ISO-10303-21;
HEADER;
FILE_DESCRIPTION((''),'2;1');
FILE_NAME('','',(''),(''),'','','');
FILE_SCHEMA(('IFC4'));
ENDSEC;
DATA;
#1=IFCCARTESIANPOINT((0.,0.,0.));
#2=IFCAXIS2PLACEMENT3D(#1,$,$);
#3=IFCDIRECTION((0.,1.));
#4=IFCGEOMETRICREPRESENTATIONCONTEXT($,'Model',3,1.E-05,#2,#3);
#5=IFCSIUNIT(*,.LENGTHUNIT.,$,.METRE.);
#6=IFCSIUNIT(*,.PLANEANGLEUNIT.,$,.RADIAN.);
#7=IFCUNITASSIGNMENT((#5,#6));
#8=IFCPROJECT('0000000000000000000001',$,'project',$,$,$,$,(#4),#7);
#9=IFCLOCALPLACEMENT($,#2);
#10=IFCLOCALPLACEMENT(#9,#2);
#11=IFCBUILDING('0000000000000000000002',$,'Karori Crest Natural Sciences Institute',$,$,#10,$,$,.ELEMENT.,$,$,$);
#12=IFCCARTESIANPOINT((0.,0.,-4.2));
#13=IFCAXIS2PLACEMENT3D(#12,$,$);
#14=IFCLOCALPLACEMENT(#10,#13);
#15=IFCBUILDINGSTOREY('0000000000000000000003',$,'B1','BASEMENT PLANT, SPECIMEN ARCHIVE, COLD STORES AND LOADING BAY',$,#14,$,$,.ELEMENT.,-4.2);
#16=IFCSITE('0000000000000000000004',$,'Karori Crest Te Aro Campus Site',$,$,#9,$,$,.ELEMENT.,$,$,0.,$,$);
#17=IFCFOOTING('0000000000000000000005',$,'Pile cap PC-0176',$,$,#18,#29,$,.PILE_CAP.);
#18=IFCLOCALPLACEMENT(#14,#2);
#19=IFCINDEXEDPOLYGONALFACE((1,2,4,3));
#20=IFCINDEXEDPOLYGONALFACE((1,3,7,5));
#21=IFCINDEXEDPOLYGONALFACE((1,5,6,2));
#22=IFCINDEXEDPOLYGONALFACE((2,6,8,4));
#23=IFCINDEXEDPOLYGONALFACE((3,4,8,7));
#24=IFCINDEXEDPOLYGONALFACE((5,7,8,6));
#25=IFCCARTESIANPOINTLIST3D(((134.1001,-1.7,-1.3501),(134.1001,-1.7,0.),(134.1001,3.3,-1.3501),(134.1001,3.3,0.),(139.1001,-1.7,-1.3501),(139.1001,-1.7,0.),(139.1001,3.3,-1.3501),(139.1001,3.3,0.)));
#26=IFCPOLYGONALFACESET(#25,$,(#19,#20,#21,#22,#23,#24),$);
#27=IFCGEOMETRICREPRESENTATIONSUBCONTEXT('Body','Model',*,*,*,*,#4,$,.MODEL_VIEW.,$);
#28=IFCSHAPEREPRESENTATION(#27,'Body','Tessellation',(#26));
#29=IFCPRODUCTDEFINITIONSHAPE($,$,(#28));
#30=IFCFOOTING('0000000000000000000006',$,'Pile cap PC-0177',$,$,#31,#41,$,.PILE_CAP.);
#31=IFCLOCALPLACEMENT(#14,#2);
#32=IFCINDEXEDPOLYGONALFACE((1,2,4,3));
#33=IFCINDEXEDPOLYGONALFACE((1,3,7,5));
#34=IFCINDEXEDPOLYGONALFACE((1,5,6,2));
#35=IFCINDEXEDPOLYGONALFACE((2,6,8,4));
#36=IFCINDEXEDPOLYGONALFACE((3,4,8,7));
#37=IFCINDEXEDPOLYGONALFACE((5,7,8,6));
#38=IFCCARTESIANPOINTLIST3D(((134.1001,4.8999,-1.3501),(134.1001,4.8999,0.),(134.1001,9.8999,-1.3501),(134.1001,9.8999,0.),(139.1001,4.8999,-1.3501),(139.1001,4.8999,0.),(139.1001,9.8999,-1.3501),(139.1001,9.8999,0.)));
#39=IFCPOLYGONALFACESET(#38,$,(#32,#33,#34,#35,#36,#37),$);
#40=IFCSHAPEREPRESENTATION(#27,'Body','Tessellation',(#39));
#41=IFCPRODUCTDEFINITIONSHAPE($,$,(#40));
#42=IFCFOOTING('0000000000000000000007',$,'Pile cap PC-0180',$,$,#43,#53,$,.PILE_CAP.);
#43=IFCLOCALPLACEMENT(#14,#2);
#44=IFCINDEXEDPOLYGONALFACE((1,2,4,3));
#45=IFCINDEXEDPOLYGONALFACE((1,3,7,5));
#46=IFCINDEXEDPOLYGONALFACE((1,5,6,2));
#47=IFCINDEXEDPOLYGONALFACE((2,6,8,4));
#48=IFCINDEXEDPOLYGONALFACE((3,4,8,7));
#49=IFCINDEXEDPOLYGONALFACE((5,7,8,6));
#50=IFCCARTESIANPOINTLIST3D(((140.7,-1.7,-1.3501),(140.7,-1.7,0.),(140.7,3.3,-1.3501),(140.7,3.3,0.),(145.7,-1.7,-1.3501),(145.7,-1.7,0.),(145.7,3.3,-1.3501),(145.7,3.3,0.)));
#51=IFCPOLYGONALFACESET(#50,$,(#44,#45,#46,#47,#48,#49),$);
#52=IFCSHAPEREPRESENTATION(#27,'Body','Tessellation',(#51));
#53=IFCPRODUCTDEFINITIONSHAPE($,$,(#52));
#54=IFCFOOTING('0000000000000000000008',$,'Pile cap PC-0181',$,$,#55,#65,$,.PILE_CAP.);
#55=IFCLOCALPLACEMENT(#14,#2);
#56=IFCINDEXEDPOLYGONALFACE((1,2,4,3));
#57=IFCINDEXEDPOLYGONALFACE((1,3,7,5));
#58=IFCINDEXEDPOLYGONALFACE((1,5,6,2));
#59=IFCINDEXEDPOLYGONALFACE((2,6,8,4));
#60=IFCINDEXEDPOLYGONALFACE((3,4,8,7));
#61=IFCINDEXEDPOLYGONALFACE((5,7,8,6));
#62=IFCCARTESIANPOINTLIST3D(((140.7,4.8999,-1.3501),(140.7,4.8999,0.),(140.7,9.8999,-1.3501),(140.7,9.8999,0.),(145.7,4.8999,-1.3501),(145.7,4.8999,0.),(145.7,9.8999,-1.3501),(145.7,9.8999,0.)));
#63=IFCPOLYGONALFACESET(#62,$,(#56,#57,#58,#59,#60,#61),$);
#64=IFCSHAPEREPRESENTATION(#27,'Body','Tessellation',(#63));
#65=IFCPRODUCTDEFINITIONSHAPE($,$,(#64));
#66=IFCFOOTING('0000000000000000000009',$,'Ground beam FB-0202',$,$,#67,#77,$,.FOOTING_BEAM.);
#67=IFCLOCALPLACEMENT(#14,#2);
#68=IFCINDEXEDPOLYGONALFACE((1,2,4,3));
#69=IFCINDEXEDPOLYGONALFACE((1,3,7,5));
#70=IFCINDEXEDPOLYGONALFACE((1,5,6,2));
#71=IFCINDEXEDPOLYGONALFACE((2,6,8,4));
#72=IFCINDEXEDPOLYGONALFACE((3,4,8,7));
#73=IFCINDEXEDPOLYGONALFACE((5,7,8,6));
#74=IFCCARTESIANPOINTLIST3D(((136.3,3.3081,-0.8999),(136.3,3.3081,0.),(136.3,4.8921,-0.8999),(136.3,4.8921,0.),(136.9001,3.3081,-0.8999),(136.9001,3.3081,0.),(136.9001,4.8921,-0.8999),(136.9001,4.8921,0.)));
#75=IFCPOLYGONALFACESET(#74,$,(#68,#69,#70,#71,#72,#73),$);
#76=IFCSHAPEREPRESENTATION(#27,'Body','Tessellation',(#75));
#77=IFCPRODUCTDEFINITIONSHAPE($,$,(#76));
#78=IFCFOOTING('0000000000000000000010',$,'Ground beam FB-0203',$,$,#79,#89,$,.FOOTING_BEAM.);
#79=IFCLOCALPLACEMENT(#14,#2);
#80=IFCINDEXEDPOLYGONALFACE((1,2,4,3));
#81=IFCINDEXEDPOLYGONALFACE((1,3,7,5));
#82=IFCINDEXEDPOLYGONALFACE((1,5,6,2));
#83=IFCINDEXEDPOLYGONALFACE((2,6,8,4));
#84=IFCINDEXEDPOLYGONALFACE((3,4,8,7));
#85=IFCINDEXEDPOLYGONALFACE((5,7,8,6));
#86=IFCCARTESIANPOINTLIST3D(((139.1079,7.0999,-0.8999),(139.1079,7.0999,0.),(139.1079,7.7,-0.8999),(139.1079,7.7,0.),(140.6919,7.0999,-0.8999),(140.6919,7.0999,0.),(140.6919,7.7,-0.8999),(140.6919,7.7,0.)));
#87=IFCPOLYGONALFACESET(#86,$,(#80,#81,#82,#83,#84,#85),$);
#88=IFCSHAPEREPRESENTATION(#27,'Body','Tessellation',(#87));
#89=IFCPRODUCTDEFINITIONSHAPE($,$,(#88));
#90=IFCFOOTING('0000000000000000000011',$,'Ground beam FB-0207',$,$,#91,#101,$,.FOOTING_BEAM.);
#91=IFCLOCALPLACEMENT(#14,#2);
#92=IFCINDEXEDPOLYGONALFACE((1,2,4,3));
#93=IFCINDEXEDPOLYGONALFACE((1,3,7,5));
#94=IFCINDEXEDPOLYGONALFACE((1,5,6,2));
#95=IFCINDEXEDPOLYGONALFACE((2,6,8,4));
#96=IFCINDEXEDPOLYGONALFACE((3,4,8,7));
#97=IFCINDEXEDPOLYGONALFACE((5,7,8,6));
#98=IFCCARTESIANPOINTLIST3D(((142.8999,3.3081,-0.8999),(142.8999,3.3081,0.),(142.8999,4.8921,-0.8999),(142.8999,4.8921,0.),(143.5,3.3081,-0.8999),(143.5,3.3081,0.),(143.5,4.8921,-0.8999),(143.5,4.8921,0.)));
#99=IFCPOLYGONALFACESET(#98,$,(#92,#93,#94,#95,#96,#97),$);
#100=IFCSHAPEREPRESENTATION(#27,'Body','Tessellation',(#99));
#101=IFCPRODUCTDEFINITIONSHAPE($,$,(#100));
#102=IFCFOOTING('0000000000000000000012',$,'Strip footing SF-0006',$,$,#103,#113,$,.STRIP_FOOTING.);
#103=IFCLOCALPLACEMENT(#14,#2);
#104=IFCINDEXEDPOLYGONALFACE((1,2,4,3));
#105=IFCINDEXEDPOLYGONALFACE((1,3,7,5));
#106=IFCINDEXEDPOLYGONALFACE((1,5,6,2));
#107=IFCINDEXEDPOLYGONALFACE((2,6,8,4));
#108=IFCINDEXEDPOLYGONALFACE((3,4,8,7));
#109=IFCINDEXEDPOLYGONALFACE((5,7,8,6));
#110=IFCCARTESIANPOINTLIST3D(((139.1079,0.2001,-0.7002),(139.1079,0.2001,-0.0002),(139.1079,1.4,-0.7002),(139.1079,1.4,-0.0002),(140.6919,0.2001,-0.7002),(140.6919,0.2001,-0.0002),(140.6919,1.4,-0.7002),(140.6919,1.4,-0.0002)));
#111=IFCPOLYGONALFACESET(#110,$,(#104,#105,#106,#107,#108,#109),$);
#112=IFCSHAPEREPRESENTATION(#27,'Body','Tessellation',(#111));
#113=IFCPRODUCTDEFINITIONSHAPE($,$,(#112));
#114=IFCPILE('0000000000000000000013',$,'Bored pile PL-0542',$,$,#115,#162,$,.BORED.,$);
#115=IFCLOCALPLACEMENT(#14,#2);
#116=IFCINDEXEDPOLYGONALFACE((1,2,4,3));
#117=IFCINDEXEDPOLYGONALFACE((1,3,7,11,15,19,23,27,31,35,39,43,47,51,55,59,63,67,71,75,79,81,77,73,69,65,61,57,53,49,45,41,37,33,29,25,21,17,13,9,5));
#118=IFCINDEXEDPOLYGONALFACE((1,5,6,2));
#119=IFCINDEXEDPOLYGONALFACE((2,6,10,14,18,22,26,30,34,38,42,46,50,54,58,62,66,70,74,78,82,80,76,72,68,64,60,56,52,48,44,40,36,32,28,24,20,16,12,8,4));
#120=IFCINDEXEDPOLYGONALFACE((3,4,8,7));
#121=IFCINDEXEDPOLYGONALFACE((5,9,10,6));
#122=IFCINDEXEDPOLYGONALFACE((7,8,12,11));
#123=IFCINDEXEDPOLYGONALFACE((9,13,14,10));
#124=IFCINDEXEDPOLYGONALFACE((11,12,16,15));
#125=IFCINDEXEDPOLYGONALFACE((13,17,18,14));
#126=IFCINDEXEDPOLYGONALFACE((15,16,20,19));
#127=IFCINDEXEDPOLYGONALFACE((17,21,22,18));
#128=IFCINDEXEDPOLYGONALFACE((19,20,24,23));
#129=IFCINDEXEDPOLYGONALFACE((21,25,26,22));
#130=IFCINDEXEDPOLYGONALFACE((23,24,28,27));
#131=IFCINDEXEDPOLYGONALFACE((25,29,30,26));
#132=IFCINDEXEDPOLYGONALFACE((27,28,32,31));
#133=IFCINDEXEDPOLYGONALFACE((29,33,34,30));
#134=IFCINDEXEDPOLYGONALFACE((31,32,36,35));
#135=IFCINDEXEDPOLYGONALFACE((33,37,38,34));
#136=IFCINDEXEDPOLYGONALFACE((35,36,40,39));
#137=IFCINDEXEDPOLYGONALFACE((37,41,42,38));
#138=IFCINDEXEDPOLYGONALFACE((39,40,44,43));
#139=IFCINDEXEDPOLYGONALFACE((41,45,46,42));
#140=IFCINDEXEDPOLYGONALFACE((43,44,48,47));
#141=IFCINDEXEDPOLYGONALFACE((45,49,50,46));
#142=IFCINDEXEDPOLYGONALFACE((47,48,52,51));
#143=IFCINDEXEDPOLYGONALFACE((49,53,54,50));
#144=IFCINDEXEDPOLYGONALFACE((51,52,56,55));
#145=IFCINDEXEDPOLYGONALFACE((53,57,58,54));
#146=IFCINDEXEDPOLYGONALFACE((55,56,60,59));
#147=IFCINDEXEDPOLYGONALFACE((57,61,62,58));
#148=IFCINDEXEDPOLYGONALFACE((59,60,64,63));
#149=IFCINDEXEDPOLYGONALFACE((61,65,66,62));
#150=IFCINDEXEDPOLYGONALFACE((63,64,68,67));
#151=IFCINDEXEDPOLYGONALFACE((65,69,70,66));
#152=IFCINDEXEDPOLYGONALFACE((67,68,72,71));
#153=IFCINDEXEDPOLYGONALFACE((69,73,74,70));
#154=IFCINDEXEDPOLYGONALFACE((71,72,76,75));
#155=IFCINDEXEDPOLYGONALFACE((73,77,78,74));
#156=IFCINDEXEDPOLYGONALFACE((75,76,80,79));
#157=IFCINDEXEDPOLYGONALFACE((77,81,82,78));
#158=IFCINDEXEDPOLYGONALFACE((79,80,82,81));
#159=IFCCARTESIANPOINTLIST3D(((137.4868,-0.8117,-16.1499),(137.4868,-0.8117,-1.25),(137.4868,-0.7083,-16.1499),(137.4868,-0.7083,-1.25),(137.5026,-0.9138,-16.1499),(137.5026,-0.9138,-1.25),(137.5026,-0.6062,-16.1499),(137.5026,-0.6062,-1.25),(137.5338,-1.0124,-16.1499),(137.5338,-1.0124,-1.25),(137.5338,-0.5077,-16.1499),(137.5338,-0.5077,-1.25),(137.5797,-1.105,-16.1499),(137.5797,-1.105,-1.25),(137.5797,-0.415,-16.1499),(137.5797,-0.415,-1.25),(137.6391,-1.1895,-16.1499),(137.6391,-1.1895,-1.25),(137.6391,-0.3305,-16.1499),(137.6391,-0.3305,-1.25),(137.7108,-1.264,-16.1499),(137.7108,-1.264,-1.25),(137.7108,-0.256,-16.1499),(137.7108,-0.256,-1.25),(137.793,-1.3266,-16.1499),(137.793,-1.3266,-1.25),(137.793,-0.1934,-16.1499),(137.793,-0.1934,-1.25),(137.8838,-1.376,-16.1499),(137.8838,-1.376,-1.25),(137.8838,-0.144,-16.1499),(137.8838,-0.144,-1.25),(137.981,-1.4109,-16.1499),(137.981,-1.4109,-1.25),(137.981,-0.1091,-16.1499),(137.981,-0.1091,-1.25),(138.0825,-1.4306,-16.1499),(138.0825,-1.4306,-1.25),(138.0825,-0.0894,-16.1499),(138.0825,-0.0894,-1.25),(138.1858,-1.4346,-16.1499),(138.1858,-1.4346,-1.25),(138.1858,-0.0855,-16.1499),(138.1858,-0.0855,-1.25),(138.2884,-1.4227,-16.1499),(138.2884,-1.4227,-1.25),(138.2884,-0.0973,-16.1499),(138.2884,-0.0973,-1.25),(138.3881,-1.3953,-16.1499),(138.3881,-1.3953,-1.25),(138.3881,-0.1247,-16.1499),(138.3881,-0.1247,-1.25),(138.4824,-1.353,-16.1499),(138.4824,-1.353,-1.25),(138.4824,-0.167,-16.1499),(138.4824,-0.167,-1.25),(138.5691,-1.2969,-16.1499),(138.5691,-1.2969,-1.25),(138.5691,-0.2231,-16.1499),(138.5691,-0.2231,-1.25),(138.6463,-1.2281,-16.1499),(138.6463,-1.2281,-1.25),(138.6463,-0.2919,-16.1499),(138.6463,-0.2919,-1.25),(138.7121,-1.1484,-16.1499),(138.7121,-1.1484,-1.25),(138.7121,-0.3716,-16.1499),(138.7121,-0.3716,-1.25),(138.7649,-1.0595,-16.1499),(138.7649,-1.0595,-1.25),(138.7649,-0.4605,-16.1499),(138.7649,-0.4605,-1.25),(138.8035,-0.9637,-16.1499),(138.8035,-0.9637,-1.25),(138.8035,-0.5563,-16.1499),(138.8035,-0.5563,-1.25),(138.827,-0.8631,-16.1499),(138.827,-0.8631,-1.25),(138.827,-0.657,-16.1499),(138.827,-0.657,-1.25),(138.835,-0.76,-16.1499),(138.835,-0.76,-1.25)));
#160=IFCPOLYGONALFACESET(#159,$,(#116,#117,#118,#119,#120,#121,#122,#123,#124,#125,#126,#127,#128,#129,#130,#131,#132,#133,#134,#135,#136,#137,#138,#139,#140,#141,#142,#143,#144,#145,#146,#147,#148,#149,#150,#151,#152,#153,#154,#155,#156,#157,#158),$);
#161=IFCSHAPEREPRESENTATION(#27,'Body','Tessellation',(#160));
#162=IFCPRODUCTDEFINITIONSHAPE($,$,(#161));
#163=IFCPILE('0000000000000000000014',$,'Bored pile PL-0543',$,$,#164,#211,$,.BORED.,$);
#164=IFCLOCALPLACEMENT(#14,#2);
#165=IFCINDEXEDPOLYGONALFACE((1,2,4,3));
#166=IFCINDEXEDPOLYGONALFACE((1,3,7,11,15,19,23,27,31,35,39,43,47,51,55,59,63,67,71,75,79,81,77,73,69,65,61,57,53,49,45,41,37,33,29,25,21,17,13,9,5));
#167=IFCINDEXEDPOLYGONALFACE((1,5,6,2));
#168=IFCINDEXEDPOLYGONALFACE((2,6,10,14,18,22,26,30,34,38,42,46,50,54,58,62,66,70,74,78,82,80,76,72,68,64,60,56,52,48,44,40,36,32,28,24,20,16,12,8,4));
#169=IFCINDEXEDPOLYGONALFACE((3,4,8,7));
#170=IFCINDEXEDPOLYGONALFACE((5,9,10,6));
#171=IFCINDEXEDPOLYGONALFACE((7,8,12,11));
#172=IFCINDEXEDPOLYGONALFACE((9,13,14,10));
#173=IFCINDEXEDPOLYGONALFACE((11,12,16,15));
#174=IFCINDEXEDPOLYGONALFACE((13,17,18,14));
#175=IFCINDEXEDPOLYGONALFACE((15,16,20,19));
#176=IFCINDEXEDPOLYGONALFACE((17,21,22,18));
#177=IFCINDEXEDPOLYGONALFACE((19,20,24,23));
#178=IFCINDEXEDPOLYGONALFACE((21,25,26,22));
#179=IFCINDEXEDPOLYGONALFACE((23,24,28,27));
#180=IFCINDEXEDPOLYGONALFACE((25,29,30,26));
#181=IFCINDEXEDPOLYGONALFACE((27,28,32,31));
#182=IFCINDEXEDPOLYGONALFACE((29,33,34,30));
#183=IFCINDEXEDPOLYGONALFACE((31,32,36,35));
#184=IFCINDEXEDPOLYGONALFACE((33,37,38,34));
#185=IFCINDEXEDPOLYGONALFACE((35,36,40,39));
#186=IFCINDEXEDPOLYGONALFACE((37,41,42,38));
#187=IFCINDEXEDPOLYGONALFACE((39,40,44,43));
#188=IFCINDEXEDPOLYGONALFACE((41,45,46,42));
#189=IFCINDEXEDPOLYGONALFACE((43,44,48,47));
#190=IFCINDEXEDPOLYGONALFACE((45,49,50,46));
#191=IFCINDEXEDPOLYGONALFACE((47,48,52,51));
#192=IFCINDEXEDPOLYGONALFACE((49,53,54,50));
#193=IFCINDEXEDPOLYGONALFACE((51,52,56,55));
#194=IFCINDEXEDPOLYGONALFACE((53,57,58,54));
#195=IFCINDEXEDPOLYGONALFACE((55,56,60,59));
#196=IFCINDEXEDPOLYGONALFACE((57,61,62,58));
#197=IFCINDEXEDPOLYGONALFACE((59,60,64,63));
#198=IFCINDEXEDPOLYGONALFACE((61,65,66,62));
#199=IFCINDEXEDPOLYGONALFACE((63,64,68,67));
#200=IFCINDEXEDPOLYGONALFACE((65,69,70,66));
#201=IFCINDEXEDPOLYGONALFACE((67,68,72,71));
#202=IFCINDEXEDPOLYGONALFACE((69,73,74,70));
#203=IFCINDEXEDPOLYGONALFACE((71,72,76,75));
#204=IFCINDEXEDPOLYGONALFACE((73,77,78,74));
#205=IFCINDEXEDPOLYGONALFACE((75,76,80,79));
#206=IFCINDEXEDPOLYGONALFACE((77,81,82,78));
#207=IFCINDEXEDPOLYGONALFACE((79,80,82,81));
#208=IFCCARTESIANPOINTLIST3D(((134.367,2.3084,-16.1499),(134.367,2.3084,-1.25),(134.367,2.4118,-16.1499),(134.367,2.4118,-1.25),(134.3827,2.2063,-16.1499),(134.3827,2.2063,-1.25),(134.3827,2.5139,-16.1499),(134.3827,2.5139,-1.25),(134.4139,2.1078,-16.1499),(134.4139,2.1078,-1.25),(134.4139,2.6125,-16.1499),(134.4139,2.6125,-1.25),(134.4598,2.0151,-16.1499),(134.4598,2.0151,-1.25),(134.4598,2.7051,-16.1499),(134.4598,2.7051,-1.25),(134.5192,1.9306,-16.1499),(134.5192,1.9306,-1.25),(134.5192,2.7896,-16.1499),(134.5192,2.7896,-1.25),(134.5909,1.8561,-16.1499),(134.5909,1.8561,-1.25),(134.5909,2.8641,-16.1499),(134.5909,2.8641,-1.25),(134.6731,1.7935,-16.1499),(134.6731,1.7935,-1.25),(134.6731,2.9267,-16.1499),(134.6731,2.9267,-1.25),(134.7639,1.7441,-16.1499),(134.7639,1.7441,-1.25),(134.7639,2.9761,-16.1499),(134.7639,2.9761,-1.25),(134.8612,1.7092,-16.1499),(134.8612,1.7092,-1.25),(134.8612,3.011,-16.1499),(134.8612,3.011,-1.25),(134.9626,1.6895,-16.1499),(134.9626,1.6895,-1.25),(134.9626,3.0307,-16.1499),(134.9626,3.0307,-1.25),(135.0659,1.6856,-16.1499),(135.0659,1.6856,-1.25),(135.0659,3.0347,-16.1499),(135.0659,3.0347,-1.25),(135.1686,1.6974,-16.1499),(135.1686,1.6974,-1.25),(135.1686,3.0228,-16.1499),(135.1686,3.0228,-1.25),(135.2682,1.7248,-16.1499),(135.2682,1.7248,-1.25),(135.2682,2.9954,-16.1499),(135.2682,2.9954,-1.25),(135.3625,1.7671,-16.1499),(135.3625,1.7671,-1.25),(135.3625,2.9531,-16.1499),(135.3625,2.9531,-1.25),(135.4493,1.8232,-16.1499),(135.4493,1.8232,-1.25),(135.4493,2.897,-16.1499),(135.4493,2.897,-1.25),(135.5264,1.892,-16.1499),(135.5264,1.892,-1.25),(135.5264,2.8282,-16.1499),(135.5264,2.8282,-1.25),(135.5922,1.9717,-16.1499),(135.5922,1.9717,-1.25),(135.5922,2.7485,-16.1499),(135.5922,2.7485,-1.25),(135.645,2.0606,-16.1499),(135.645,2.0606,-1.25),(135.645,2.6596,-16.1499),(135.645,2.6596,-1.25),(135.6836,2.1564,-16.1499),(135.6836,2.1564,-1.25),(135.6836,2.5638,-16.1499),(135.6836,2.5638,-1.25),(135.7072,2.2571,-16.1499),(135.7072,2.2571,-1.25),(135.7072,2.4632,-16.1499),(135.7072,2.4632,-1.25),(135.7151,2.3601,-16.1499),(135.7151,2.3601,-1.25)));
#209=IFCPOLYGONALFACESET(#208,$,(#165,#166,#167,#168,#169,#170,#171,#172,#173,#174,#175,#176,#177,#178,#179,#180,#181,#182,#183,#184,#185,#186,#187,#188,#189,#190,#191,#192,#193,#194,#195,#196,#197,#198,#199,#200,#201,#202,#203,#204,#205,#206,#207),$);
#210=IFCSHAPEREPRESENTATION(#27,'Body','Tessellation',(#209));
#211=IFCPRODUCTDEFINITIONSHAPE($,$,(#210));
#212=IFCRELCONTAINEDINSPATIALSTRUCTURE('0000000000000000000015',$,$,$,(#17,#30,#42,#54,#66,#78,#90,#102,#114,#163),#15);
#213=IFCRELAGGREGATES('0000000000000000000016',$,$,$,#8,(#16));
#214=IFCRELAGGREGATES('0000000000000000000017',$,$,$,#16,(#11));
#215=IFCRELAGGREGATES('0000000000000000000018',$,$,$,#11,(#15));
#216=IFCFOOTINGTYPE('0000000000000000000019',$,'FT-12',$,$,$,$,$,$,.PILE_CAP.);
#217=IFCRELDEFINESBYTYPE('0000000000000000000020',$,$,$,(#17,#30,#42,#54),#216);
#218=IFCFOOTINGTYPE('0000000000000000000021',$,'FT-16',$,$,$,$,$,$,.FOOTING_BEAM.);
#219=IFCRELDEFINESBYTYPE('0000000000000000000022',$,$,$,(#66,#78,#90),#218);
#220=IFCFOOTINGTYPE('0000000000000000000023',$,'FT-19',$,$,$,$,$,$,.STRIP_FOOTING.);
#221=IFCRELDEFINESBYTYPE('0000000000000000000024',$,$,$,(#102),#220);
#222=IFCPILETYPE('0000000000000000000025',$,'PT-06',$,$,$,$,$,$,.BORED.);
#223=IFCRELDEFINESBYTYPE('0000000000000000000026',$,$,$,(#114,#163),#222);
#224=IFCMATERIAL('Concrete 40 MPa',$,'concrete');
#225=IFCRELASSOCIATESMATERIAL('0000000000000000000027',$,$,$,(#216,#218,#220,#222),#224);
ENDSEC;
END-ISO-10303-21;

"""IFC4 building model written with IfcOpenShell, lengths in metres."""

from ifc_helpers import new_model, si_unit, direction, frame, origin, origin_2d, place, context, subcontext, project, spatial, rectangle, circle, extrude, material, material_profile, profile_set, type_object, element, save


model = new_model("IFC4")

# Units and contexts
model_context = context("Model", 3, precision=1e-05, world=origin(), true_north=direction((0.0, 1.0)))
body_context = subcontext(model_context, "Body", "Model", "MODEL_VIEW")
ifc_project = project(units=[si_unit("LENGTHUNIT", "METRE"), si_unit("PLANEANGLEUNIT", "RADIAN")], contexts=[model_context])

# Site, building, storey
site_placement = place(None, origin())
site = spatial("IfcSite", under=ifc_project, at=site_placement, Name="Karori Crest Te Aro Campus Site", CompositionType="ELEMENT", RefElevation=0.0)
building_placement = place(site_placement, origin())
building = spatial("IfcBuilding", under=site, at=building_placement, Name="Karori Crest Natural Sciences Institute", CompositionType="ELEMENT")
storey_placement = place(building_placement, frame((0.0, 0.0, -4.2)))
storey = spatial("IfcBuildingStorey", under=building, at=storey_placement, Name="B1", Description="BASEMENT PLANT, SPECIMEN ARCHIVE, COLD STORES AND LOADING BAY", CompositionType="ELEMENT", Elevation=-4.2)

# Footings
ifc_material_1 = material(Name="Concrete 40 MPa", Category="concrete")
footing_type_1 = type_object("IfcFootingType", Name="FT-12", PredefinedType="PILE_CAP", material=ifc_material_1)
for number, where, z_axis, x_axis, name in (
    (1, (136.6001, 0.8, -1.3501), (0.0, 0.0, 1.0), (1.0, 0.0, 0.0), "Pile cap PC-0176"),
    (2, (136.6001, 7.3999, -1.3501), (0.0, 0.0, 1.0), (1.0, 0.0, 0.0), "Pile cap PC-0177"),
    (3, (143.2, 0.8, -1.3501), (0.0, 0.0, 1.0), (1.0, 0.0, 0.0), "Pile cap PC-0180"),
    (4, (143.2, 7.3999, -1.3501), (0.0, 0.0, 1.0), (1.0, 0.0, 0.0), "Pile cap PC-0181"),
):
    element("IfcFooting", number, at=place(storey_placement, frame(where, z_axis=z_axis, x_axis=x_axis)), inside=storey, type_object=footing_type_1, Name=name, PredefinedType="PILE_CAP", context=body_context, shape_type="SweptSolid", body=[
        extrude(rectangle(XDim=5.0, YDim=5.0, at=origin_2d()), origin(), (0.0, 0.0, 1.0), 1.3501),
    ])
footing_type_2 = type_object("IfcFootingType", Name="FT-16", PredefinedType="FOOTING_BEAM", material=ifc_material_1)
for number, where, z_axis, x_axis, name in (
    (5, (136.6001, 4.1001, -0.8999), (0.0, 0.0, 1.0), (0.0, 1.0, 0.0), "Ground beam FB-0202"),
    (6, (139.8999, 7.3999, -0.8999), (0.0, 0.0, 1.0), (1.0, 0.0, 0.0), "Ground beam FB-0203"),
    (7, (143.2, 4.1001, -0.8999), (0.0, 0.0, 1.0), (0.0, 1.0, 0.0), "Ground beam FB-0207"),
):
    element("IfcFooting", number, at=place(storey_placement, frame(where, z_axis=z_axis, x_axis=x_axis)), inside=storey, type_object=footing_type_2, Name=name, PredefinedType="FOOTING_BEAM", context=body_context, shape_type="SweptSolid", body=[
        extrude(rectangle(XDim=1.584, YDim=0.6001, at=origin_2d()), origin(), (0.0, 0.0, 1.0), 0.8999),
    ])
footing_type_3 = type_object("IfcFootingType", Name="FT-19", PredefinedType="STRIP_FOOTING", material=ifc_material_1)
footing_placement = place(storey_placement, frame((139.8999, 0.8, -0.7002), z_axis=(0.0, 0.0, 1.0), x_axis=(1.0, 0.0, 0.0)))
element("IfcFooting", 8, at=footing_placement, inside=storey, type_object=footing_type_3, Name="Strip footing SF-0006", PredefinedType="STRIP_FOOTING", context=body_context, shape_type="SweptSolid", body=[
    extrude(rectangle(XDim=1.584, YDim=1.2, at=origin_2d()), origin(), (0.0, 0.0, 1.0), 0.7),
])

# Piles
ifc_material_profile_1 = material_profile(ifc_material_1, circle(Radius=0.675, at=origin_2d()), Name="PILE1350")
ifc_profile_set_1 = profile_set([ifc_material_profile_1], Name="Concrete 40 MPa")
pile_type = type_object("IfcPileType", Name="PT-06", PredefinedType="BORED", material=ifc_profile_set_1)
for number, where, z_axis, x_axis, name in (
    (9, (138.1599, -0.76, -1.25), (0.0, 0.0, -1.0), (1.0, 0.0, 0.0), "Bored pile PL-0542"),
    (10, (135.04, 2.3601, -1.25), (0.0, 0.0, -1.0), (1.0, 0.0, 0.0), "Bored pile PL-0543"),
):
    element("IfcPile", number, at=place(storey_placement, frame(where, z_axis=z_axis, x_axis=x_axis)), inside=storey, type_object=pile_type, Name=name, PredefinedType="BORED", context=body_context, shape_type="SweptSolid", body=[
        extrude(circle(Radius=0.675, at=origin_2d()), origin(), (0.0, 0.0, 1.0), 14.8999),
    ])

save(model, "model.ifc")
